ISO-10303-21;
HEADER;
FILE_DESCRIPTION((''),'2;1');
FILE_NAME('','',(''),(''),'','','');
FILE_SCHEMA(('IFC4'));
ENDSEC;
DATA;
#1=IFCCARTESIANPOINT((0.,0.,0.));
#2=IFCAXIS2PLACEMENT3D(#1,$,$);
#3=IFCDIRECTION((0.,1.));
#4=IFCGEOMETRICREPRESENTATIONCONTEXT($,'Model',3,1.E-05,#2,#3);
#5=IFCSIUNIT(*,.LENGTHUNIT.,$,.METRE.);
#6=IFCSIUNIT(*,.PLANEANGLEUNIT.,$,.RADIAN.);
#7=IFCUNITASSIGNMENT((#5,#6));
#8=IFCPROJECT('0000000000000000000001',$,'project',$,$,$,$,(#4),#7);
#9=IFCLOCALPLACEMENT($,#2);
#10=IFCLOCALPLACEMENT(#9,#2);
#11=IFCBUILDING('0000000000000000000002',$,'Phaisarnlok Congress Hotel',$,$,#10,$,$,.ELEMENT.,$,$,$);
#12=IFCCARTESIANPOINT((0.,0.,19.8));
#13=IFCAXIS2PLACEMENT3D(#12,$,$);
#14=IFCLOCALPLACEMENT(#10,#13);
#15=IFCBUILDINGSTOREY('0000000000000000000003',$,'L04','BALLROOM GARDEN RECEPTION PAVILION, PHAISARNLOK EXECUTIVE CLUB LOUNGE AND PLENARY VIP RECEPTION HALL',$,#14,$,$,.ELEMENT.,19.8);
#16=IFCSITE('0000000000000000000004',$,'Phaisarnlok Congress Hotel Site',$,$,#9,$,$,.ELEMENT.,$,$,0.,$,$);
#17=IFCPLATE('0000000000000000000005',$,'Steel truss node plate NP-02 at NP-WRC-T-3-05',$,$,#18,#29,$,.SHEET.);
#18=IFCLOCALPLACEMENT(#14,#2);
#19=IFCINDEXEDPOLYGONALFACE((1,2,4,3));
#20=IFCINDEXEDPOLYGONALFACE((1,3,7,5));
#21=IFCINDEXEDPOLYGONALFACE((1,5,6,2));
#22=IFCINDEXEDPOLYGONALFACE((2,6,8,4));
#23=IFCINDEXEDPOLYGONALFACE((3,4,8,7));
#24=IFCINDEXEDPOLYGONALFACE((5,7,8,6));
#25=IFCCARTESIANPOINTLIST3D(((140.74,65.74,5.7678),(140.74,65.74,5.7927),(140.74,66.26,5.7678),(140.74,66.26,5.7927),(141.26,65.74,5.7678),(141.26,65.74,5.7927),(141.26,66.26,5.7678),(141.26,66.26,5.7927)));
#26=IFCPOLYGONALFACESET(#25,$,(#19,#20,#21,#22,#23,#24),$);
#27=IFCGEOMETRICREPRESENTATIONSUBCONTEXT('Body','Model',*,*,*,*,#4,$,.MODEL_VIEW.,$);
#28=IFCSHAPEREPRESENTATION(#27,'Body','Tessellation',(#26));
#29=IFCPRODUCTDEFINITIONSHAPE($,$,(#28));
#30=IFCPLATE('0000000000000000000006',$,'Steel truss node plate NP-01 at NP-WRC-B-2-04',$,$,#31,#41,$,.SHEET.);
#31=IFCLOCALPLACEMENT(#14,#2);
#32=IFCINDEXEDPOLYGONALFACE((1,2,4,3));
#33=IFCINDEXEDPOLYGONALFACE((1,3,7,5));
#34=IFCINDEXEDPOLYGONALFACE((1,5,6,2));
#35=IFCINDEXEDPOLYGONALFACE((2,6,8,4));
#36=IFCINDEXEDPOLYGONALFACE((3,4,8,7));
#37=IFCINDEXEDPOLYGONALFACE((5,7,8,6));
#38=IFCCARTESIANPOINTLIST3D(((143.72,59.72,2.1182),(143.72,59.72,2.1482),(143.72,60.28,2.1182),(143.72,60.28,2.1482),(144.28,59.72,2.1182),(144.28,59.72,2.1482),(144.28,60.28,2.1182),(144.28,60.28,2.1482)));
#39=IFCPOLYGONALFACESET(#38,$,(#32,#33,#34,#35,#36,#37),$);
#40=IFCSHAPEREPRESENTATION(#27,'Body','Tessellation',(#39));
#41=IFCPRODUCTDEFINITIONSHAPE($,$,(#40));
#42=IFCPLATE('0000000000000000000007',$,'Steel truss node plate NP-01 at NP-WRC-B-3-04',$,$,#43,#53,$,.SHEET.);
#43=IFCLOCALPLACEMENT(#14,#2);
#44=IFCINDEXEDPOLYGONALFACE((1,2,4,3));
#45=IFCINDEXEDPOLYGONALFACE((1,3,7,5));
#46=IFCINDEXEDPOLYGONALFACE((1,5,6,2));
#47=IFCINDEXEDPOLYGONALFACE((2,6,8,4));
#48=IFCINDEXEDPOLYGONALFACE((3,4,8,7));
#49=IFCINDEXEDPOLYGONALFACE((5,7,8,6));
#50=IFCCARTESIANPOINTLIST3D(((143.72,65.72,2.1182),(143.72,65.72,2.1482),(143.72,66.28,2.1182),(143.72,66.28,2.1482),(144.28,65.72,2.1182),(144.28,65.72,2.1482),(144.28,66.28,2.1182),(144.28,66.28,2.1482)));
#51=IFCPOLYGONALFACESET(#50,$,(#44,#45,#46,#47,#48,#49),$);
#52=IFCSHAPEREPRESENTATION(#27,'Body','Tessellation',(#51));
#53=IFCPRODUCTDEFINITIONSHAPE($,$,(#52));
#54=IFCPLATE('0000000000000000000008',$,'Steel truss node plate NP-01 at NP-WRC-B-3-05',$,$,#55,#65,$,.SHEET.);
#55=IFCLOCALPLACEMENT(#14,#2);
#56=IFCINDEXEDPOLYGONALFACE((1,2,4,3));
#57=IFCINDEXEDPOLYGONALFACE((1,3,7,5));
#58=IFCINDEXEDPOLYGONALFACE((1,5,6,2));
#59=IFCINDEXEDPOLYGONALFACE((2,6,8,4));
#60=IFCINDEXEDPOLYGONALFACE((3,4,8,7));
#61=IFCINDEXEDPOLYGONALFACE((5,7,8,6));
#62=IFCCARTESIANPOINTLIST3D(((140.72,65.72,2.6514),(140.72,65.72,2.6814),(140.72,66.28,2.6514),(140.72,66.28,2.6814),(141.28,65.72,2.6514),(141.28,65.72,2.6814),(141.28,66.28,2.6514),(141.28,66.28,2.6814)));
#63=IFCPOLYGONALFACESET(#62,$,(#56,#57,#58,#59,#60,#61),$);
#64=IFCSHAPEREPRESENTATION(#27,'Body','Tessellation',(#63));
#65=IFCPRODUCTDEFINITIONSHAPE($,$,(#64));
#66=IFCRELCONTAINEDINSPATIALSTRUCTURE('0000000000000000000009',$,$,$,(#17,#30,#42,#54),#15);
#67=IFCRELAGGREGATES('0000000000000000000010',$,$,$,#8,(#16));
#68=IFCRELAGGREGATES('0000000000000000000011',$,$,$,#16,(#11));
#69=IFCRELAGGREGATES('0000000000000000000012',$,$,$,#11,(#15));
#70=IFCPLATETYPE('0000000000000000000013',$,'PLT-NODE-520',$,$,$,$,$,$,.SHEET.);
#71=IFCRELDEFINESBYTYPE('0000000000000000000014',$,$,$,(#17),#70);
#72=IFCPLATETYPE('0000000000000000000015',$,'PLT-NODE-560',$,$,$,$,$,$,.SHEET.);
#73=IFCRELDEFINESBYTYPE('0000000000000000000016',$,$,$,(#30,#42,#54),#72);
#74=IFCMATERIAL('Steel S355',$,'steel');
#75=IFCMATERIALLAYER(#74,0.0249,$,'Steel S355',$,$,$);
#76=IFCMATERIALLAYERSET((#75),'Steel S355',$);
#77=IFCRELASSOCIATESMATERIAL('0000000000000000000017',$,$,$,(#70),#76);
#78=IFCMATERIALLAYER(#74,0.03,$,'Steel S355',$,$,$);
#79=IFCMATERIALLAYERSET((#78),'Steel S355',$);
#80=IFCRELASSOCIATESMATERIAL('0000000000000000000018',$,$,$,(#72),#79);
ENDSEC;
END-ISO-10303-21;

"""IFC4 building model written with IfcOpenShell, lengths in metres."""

from ifc_helpers import new_model, si_unit, direction, frame, origin, origin_2d, place, context, subcontext, project, spatial, rectangle, extrude, material, layer, layer_set, type_object, element, save


model = new_model("IFC4")

# Units and contexts
model_context = context("Model", 3, precision=1e-05, world=origin(), true_north=direction((0.0, 1.0)))
body_context = subcontext(model_context, "Body", "Model", "MODEL_VIEW")
ifc_project = project(units=[si_unit("LENGTHUNIT", "METRE"), si_unit("PLANEANGLEUNIT", "RADIAN")], contexts=[model_context])

# Site, building, storey
site_placement = place(None, origin())
site = spatial("IfcSite", under=ifc_project, at=site_placement, Name="Phaisarnlok Congress Hotel Site", CompositionType="ELEMENT", RefElevation=0.0)
building_placement = place(site_placement, origin())
building = spatial("IfcBuilding", under=site, at=building_placement, Name="Phaisarnlok Congress Hotel", CompositionType="ELEMENT")
storey_placement = place(building_placement, frame((0.0, 0.0, 19.8)))
storey = spatial("IfcBuildingStorey", under=building, at=storey_placement, Name="L04", Description="BALLROOM GARDEN RECEPTION PAVILION, PHAISARNLOK EXECUTIVE CLUB LOUNGE AND PLENARY VIP RECEPTION HALL", CompositionType="ELEMENT", Elevation=19.8)

# Shared definitions
ifc_material = material(Name="Steel S355", Category="steel")

# Plates
ifc_layer_1 = layer(ifc_material, 0.0249, Name="Steel S355")
ifc_layer_set_1 = layer_set([ifc_layer_1], Name="Steel S355")
plate_type_1 = type_object("IfcPlateType", Name="PLT-NODE-520", PredefinedType="SHEET", material=ifc_layer_set_1)
for number, where, z_axis, x_axis, name in (
    (1, (141.0, 66.0, 5.7678), (0.0, 0.0, 1.0), (1.0, 0.0, 0.0), "Steel truss node plate NP-02 at NP-WRC-T-3-05"),
):
    element("IfcPlate", number, at=place(storey_placement, frame(where, z_axis=z_axis, x_axis=x_axis)), inside=storey, type_object=plate_type_1, Name=name, PredefinedType="SHEET", context=body_context, shape_type="SweptSolid", body=[
        extrude(rectangle(XDim=0.52, YDim=0.52, at=origin_2d()), origin(), (0.0, 0.0, 1.0), 0.0249),
    ])
ifc_layer_2 = layer(ifc_material, 0.03, Name="Steel S355")
ifc_layer_set_2 = layer_set([ifc_layer_2], Name="Steel S355")
plate_type_2 = type_object("IfcPlateType", Name="PLT-NODE-560", PredefinedType="SHEET", material=ifc_layer_set_2)
for number, where, z_axis, x_axis, name in (
    (2, (144.0, 60.0, 2.1182), (0.0, 0.0, 1.0), (1.0, 0.0, 0.0), "Steel truss node plate NP-01 at NP-WRC-B-2-04"),
    (3, (144.0, 66.0, 2.1182), (0.0, 0.0, 1.0), (1.0, 0.0, 0.0), "Steel truss node plate NP-01 at NP-WRC-B-3-04"),
    (4, (141.0, 66.0, 2.6514), (0.0, 0.0, 1.0), (1.0, 0.0, 0.0), "Steel truss node plate NP-01 at NP-WRC-B-3-05"),
):
    element("IfcPlate", number, at=place(storey_placement, frame(where, z_axis=z_axis, x_axis=x_axis)), inside=storey, type_object=plate_type_2, Name=name, PredefinedType="SHEET", context=body_context, shape_type="SweptSolid", body=[
        extrude(rectangle(XDim=0.5601, YDim=0.5601, at=origin_2d()), origin(), (0.0, 0.0, 1.0), 0.03),
    ])

save(model, "model.ifc")
